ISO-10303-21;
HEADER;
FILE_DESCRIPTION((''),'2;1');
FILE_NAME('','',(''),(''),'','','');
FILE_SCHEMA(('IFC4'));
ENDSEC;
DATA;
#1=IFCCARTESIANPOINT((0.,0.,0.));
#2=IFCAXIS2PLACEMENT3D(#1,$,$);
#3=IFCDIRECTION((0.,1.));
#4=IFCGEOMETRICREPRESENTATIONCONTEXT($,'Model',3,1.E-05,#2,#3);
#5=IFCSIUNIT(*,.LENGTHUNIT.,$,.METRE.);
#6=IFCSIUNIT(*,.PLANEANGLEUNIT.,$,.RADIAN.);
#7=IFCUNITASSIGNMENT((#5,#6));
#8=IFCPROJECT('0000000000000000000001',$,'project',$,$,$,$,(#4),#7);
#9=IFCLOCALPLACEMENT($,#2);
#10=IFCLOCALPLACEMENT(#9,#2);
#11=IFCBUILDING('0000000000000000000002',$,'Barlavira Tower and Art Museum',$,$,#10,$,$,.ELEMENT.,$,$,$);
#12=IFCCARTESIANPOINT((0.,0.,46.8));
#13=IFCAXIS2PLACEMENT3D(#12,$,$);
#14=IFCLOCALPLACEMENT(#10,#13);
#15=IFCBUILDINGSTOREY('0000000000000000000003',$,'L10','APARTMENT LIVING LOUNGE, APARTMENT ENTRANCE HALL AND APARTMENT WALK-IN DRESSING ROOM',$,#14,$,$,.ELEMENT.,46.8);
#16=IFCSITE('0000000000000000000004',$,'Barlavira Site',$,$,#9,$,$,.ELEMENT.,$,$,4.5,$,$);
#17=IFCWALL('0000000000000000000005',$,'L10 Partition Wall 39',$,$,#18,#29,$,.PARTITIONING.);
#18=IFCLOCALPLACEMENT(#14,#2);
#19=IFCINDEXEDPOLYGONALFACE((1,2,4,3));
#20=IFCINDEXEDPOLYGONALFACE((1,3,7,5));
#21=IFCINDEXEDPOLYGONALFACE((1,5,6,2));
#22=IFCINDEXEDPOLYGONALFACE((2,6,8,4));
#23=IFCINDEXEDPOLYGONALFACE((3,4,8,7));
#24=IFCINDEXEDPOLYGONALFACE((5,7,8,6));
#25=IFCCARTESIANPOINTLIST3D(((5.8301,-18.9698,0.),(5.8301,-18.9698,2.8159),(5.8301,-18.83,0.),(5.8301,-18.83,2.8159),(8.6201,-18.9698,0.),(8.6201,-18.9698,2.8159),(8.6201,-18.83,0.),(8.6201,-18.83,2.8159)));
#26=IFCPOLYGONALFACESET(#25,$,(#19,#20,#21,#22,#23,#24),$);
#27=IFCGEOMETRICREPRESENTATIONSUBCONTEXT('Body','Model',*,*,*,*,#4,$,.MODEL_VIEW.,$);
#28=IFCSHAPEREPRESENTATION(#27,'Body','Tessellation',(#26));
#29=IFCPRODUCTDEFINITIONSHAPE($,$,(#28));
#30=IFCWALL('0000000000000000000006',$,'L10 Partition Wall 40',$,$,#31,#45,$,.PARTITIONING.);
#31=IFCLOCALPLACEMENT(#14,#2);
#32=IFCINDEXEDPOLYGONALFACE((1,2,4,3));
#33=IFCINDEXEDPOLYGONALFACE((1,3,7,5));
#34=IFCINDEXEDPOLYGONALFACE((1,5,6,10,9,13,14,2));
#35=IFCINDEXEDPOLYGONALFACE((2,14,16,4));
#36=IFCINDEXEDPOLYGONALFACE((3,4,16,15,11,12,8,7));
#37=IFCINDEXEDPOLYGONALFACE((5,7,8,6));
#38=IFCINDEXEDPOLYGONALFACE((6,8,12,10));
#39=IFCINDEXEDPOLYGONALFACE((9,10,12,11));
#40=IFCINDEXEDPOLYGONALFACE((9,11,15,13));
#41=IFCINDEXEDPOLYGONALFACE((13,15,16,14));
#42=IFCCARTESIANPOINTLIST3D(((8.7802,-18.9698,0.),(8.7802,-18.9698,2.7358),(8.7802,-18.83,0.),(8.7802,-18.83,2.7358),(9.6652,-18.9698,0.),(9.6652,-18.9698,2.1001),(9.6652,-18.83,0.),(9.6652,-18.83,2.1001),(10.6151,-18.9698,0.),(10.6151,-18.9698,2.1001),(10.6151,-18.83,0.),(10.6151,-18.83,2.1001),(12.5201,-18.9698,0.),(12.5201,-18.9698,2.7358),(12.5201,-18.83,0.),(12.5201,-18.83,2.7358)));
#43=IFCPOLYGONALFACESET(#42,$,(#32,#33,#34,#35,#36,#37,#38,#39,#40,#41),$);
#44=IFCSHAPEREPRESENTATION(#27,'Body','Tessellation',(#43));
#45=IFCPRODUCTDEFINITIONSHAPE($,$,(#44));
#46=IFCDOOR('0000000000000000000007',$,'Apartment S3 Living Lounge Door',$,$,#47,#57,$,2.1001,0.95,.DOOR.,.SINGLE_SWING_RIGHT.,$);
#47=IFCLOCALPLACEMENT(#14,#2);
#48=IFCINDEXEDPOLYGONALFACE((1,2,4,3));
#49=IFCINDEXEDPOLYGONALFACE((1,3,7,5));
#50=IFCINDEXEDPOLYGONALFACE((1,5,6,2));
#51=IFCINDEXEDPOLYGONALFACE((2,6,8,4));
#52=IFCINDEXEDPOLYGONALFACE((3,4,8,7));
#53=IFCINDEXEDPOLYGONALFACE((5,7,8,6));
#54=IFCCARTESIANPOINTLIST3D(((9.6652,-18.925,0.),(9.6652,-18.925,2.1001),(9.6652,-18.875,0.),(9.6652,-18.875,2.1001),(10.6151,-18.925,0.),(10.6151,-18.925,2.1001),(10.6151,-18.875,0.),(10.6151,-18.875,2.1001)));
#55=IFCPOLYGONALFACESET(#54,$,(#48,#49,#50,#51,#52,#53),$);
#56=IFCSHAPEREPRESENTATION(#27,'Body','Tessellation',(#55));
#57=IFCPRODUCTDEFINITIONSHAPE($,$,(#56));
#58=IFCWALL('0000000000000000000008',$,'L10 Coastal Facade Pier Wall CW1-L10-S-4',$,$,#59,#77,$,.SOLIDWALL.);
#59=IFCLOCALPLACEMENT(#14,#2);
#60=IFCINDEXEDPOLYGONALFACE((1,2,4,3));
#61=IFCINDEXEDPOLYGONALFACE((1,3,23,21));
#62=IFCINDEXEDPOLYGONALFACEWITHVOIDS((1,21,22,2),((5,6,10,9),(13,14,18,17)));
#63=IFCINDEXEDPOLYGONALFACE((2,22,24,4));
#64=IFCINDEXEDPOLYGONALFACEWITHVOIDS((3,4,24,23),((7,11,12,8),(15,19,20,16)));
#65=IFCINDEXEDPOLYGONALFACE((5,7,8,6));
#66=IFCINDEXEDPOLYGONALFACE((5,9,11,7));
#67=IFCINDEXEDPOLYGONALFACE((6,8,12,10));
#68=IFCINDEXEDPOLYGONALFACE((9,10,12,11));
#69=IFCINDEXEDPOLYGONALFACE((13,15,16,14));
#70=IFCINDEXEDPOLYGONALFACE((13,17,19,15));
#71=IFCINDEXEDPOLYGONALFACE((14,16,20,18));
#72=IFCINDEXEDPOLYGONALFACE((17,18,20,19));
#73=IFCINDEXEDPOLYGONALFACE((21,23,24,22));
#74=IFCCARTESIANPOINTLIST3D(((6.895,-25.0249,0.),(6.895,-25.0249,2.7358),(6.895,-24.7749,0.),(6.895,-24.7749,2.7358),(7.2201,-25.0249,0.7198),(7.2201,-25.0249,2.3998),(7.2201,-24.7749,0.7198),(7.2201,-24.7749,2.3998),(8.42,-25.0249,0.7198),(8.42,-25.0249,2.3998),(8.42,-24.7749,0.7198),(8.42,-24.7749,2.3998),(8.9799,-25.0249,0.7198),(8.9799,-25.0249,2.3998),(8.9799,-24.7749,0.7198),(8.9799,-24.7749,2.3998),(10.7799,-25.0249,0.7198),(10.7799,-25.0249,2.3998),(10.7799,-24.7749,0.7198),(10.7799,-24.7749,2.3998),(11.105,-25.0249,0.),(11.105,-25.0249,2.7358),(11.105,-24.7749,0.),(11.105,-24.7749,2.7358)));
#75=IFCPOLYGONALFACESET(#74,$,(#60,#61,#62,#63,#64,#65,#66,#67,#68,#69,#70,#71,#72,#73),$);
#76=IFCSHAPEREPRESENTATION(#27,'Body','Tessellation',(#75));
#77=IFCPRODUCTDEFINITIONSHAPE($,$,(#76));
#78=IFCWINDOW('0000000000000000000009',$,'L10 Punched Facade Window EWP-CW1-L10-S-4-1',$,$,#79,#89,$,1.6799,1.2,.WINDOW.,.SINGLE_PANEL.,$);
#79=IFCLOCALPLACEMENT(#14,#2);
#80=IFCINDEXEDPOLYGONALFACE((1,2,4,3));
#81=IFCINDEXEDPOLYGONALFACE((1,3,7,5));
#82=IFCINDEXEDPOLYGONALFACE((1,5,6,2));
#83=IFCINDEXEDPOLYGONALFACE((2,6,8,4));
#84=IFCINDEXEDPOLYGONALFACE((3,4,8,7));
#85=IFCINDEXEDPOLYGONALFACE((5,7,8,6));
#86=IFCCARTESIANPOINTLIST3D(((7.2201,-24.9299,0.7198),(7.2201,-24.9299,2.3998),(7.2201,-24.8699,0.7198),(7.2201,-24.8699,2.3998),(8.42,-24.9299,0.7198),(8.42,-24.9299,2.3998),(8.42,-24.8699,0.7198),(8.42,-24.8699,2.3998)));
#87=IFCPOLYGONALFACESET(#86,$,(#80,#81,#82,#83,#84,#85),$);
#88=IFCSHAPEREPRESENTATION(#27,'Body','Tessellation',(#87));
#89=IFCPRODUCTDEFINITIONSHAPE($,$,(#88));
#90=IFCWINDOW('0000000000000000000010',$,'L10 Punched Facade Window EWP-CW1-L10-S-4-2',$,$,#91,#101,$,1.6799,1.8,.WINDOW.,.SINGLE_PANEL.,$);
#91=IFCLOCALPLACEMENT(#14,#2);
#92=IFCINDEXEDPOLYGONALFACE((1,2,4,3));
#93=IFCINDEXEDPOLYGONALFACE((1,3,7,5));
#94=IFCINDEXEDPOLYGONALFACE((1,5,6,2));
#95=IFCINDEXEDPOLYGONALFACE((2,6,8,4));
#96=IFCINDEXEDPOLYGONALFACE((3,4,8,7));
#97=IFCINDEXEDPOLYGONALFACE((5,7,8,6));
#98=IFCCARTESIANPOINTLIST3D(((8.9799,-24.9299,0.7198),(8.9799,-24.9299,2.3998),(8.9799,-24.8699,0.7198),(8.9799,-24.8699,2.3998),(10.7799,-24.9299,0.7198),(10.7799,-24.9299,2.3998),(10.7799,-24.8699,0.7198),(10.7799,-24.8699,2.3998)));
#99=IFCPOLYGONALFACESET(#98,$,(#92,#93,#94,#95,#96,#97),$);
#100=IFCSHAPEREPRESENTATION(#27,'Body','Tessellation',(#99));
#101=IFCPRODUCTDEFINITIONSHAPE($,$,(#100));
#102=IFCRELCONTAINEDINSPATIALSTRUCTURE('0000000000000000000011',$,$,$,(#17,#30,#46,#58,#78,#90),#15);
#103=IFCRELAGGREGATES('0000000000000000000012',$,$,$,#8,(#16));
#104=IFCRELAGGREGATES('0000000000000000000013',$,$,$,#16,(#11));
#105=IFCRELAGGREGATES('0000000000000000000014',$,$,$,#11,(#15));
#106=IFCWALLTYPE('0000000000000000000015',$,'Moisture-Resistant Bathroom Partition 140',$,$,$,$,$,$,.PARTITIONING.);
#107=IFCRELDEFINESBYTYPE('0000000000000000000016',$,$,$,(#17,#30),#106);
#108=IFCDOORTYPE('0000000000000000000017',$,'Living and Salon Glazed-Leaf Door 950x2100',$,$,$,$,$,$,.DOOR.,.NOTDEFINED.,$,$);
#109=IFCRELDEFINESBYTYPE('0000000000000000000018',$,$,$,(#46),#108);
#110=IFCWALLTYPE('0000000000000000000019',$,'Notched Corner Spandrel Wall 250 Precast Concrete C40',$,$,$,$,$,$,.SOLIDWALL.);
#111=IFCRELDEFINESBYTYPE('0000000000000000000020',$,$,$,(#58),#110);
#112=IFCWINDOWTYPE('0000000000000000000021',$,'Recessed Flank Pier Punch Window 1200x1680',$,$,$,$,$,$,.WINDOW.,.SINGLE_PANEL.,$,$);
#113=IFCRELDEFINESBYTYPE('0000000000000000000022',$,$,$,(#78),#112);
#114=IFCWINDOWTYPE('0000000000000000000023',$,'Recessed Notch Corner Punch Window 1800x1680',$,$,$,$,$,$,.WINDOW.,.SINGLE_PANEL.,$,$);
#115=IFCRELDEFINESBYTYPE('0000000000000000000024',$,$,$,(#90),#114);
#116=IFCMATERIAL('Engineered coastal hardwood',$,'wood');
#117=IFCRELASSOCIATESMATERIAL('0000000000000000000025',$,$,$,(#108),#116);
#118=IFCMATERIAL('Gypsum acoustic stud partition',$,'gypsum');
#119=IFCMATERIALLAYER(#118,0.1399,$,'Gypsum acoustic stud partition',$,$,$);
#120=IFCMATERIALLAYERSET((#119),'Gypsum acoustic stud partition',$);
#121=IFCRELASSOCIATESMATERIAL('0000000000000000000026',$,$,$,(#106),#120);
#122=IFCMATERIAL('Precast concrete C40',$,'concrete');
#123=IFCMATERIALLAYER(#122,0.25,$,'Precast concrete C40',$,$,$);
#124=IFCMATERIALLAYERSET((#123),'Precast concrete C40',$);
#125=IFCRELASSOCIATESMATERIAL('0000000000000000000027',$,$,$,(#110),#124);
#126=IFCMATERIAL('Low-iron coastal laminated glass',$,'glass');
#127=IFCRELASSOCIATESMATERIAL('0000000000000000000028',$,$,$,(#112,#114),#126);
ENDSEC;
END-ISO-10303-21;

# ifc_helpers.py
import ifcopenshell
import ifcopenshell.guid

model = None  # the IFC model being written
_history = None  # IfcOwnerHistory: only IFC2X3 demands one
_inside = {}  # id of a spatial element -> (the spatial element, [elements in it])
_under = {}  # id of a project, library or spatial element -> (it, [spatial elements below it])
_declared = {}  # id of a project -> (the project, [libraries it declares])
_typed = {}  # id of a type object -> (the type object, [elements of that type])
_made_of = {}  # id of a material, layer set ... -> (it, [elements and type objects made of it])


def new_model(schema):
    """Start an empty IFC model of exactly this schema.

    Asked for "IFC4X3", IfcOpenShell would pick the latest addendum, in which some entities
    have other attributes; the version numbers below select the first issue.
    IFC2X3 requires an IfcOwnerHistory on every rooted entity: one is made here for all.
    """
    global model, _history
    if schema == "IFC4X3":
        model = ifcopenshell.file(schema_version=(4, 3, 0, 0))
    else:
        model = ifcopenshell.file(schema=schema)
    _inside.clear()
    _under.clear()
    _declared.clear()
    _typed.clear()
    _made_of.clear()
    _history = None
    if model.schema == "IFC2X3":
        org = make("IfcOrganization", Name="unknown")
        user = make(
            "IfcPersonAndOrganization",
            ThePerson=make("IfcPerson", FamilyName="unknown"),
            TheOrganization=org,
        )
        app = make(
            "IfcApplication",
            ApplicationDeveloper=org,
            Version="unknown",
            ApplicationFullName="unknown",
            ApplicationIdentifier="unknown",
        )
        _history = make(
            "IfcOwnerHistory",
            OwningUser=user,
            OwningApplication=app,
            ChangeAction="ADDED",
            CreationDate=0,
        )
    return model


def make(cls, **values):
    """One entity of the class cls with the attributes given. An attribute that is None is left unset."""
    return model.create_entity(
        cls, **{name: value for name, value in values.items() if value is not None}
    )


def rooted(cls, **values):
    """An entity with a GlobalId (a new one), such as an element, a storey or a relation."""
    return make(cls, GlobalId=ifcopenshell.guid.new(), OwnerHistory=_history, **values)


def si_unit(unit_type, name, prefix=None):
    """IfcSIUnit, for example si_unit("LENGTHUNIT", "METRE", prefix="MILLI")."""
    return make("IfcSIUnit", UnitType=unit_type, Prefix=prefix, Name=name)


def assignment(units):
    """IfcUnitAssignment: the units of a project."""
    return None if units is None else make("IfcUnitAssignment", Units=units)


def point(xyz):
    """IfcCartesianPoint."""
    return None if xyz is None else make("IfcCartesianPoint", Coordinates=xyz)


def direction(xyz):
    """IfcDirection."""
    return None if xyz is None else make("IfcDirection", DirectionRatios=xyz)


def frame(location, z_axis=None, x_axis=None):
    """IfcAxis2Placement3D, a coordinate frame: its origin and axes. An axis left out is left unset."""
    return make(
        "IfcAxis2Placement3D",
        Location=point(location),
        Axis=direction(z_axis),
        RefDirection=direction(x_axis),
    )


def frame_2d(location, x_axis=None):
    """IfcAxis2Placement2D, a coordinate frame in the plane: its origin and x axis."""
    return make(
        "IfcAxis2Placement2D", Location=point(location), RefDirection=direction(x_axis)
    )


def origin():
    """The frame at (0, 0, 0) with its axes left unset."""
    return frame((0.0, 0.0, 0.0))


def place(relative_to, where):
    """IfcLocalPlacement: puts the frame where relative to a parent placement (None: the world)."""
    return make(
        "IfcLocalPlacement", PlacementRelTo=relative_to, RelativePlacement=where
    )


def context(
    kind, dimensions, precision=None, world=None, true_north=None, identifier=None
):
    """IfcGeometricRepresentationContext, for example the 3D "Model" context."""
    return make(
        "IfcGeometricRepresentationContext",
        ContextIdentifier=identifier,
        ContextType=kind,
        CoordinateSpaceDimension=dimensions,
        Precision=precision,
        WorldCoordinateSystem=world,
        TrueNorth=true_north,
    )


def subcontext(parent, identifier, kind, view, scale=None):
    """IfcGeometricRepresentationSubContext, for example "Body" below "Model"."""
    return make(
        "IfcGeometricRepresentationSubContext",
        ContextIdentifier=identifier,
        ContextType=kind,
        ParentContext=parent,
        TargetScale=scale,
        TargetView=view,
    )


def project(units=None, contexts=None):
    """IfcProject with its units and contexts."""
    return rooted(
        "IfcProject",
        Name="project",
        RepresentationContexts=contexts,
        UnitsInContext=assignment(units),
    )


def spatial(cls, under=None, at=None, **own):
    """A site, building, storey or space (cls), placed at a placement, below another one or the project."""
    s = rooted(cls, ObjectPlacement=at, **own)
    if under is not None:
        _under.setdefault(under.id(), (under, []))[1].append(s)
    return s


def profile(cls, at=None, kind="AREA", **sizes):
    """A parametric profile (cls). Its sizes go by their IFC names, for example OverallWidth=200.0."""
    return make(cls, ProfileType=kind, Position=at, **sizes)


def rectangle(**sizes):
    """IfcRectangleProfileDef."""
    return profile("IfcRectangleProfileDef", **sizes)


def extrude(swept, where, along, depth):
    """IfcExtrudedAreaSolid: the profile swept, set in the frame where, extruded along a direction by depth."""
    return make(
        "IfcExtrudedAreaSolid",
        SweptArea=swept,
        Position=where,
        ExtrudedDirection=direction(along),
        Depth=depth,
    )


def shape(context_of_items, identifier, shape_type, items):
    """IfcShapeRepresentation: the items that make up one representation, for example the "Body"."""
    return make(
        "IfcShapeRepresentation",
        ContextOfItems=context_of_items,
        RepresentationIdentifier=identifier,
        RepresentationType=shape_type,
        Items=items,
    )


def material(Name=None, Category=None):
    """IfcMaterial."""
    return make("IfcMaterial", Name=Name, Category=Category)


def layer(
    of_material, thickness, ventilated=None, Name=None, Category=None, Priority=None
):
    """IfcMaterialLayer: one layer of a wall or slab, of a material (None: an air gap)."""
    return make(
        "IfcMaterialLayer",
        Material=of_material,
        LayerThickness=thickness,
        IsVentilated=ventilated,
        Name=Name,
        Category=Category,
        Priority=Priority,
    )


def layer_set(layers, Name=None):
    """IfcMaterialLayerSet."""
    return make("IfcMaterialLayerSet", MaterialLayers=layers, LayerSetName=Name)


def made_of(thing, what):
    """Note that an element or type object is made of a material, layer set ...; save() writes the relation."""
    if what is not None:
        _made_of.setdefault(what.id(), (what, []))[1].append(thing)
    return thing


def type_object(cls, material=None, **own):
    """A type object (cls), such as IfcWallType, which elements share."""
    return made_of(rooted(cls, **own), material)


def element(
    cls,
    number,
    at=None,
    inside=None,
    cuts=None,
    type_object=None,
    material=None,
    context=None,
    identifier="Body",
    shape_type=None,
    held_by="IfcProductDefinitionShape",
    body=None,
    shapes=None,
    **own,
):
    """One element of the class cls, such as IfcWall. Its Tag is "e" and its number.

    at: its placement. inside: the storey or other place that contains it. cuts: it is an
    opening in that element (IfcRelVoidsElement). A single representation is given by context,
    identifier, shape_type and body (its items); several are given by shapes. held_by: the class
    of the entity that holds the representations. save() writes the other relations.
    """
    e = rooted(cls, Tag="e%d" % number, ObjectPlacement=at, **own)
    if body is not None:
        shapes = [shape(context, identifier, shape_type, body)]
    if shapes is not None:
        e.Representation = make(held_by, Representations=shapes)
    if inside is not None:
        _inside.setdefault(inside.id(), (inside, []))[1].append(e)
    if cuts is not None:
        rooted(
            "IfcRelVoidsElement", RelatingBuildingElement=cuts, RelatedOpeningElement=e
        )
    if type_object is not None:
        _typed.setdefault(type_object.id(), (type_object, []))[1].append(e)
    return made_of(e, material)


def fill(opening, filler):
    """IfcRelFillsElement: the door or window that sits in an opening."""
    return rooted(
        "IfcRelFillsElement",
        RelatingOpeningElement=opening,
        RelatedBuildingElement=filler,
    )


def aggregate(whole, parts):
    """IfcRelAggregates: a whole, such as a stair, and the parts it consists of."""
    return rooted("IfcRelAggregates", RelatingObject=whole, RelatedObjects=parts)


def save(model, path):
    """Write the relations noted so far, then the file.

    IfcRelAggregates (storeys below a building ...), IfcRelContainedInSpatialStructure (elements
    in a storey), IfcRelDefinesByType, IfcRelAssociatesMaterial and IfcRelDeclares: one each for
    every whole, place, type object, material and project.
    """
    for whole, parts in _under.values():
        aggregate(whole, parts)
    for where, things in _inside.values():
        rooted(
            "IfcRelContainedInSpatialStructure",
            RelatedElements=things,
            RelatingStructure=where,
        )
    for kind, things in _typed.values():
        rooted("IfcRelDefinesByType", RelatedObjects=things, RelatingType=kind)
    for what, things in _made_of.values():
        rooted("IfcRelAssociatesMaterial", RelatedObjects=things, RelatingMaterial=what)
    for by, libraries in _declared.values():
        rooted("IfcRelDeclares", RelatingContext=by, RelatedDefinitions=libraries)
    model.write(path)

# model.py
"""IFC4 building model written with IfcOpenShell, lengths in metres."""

from ifc_helpers import new_model, si_unit, direction, frame, frame_2d, origin, place, context, subcontext, project, spatial, rectangle, extrude, material, layer, layer_set, type_object, element, fill, save


model = new_model("IFC4")

# Units and contexts
model_context = context("Model", 3, precision=1e-05, world=origin(), true_north=direction((0.0, 1.0)))
body_context = subcontext(model_context, "Body", "Model", "MODEL_VIEW")
ifc_project = project(units=[si_unit("LENGTHUNIT", "METRE"), si_unit("PLANEANGLEUNIT", "RADIAN")], contexts=[model_context])

# Site, building, storey
site_placement = place(None, origin())
site = spatial("IfcSite", under=ifc_project, at=site_placement, Name="Barlavira Site", CompositionType="ELEMENT", RefElevation=4.5)
building_placement = place(site_placement, origin())
building = spatial("IfcBuilding", under=site, at=building_placement, Name="Barlavira Tower and Art Museum", CompositionType="ELEMENT")
storey_placement = place(building_placement, frame((0.0, 0.0, 46.8)))
storey = spatial("IfcBuildingStorey", under=building, at=storey_placement, Name="L10", Description="APARTMENT LIVING LOUNGE, APARTMENT ENTRANCE HALL AND APARTMENT WALK-IN DRESSING ROOM", CompositionType="ELEMENT", Elevation=46.8)

# Shared definitions
ifc_material_1 = material(Name="Low-iron coastal laminated glass", Category="glass")

# Shared definitions
ifc_material_2 = material(Name="Gypsum acoustic stud partition", Category="gypsum")
ifc_material_3 = material(Name="Engineered coastal hardwood", Category="wood")
door_type_1 = type_object("IfcDoorType", Name="Living and Salon Glazed-Leaf Door 950x2100", OperationType="NOTDEFINED", PredefinedType="DOOR", material=ifc_material_3)

# Wall
ifc_layer_1 = layer(ifc_material_2, 0.1399, Name="Gypsum acoustic stud partition")
ifc_layer_set_1 = layer_set([ifc_layer_1], Name="Gypsum acoustic stud partition")
wall_type_1 = type_object("IfcWallType", Name="Moisture-Resistant Bathroom Partition 140", PredefinedType="PARTITIONING", material=ifc_layer_set_1)
wall_1_placement = place(storey_placement, frame((5.8301, -18.8999, 0.0), z_axis=(0.0, 0.0, 1.0), x_axis=(1.0, 0.0, 0.0)))
element("IfcWall", 1, at=wall_1_placement, inside=storey, type_object=wall_type_1, Name="L10 Partition Wall 39", PredefinedType="PARTITIONING", context=body_context, shape_type="SweptSolid", body=[
    extrude(rectangle(XDim=2.79, YDim=0.1399, at=frame_2d((1.395, 0.0))), origin(), (0.0, 0.0, 1.0), 2.8159),
])

# Wall, opening, door
wall_2_placement = place(storey_placement, frame((8.78, -18.8999, 0.0), z_axis=(0.0, 0.0, 1.0), x_axis=(1.0, 0.0, 0.0)))
wall_2 = element("IfcWall", 2, at=wall_2_placement, inside=storey, type_object=wall_type_1, Name="L10 Partition Wall 40", PredefinedType="PARTITIONING", context=body_context, shape_type="SweptSolid", body=[
    extrude(rectangle(XDim=3.74, YDim=0.1399, at=frame_2d((1.8701, 0.0))), origin(), (0.0, 0.0, 1.0), 2.7358),
])
opening_1_placement = place(wall_2_placement, frame((0.885, 0.0, 0.0)))
opening_1 = element("IfcOpeningElement", 3, at=opening_1_placement, cuts=wall_2, PredefinedType="OPENING", context=body_context, shape_type="SweptSolid", body=[
    extrude(rectangle(XDim=0.95, YDim=2.1001, at=frame_2d((0.4751, 1.05))), frame((0.0, 0.0801, 0.0), z_axis=(0.0, -1.0, 0.0), x_axis=(1.0, 0.0, 0.0)), (0.0, 0.0, 1.0), 0.1599),
])
door_1_placement = place(opening_1_placement, origin())
door_1 = element("IfcDoor", 4, at=door_1_placement, inside=storey, type_object=door_type_1, Name="Apartment S3 Living Lounge Door", OperationType="SINGLE_SWING_RIGHT", OverallHeight=2.1001, OverallWidth=0.95, PredefinedType="DOOR", context=body_context, shape_type="SweptSolid", body=[
    extrude(rectangle(XDim=0.95, YDim=2.1001, at=frame_2d((0.4751, 1.05))), frame((0.0, 0.0249, 0.0), z_axis=(0.0, -1.0, 0.0), x_axis=(1.0, 0.0, 0.0)), (0.0, 0.0, 1.0), 0.05),
])
fill(opening_1, door_1)

# Wall, openings, windows
ifc_material_4 = material(Name="Precast concrete C40", Category="concrete")
ifc_layer_2 = layer(ifc_material_4, 0.25, Name="Precast concrete C40")
ifc_layer_set_2 = layer_set([ifc_layer_2], Name="Precast concrete C40")
wall_type_2 = type_object("IfcWallType", Name="Notched Corner Spandrel Wall 250 Precast Concrete C40", PredefinedType="SOLIDWALL", material=ifc_layer_set_2)
wall_3_placement = place(storey_placement, frame((6.895, -24.8999, 0.0), z_axis=(0.0, 0.0, 1.0), x_axis=(1.0, 0.0, 0.0)))
wall_3 = element("IfcWall", 5, at=wall_3_placement, inside=storey, type_object=wall_type_2, Name="L10 Coastal Facade Pier Wall CW1-L10-S-4", PredefinedType="SOLIDWALL", context=body_context, shape_type="SweptSolid", body=[
    extrude(rectangle(XDim=4.21, YDim=0.25, at=frame_2d((2.105, 0.0))), origin(), (0.0, 0.0, 1.0), 2.7358),
])
opening_2_placement = place(wall_3_placement, frame((0.325, 0.0, 0.72)))
opening_2 = element("IfcOpeningElement", 6, at=opening_2_placement, cuts=wall_3, PredefinedType="OPENING", context=body_context, shape_type="SweptSolid", body=[
    extrude(rectangle(XDim=1.2, YDim=1.6799, at=frame_2d((0.6001, 0.8398))), frame((0.0, 0.135, 0.0), z_axis=(0.0, -1.0, 0.0), x_axis=(1.0, 0.0, 0.0)), (0.0, 0.0, 1.0), 0.27),
])
opening_3_placement = place(wall_3_placement, frame((2.085, 0.0, 0.72)))
opening_3 = element("IfcOpeningElement", 7, at=opening_3_placement, cuts=wall_3, PredefinedType="OPENING", context=body_context, shape_type="SweptSolid", body=[
    extrude(rectangle(XDim=1.8, YDim=1.6799, at=frame_2d((0.8999, 0.8398))), frame((0.0, 0.135, 0.0), z_axis=(0.0, -1.0, 0.0), x_axis=(1.0, 0.0, 0.0)), (0.0, 0.0, 1.0), 0.27),
])
window_type_1 = type_object("IfcWindowType", Name="Recessed Flank Pier Punch Window 1200x1680", PartitioningType="SINGLE_PANEL", PredefinedType="WINDOW", material=ifc_material_1)
window_1_placement = place(opening_2_placement, origin())
window_1 = element("IfcWindow", 8, at=window_1_placement, inside=storey, type_object=window_type_1, Name="L10 Punched Facade Window EWP-CW1-L10-S-4-1", OverallHeight=1.6799, OverallWidth=1.2, PartitioningType="SINGLE_PANEL", PredefinedType="WINDOW", context=body_context, shape_type="SweptSolid", body=[
    extrude(rectangle(XDim=1.2, YDim=1.6799, at=frame_2d((0.6001, 0.8398))), frame((0.0, 0.03, 0.0), z_axis=(0.0, -1.0, 0.0), x_axis=(1.0, 0.0, 0.0)), (0.0, 0.0, 1.0), 0.0601),
])
fill(opening_2, window_1)
window_type_2 = type_object("IfcWindowType", Name="Recessed Notch Corner Punch Window 1800x1680", PartitioningType="SINGLE_PANEL", PredefinedType="WINDOW", material=ifc_material_1)
window_2_placement = place(opening_3_placement, origin())
window_2 = element("IfcWindow", 9, at=window_2_placement, inside=storey, type_object=window_type_2, Name="L10 Punched Facade Window EWP-CW1-L10-S-4-2", OverallHeight=1.6799, OverallWidth=1.8, PartitioningType="SINGLE_PANEL", PredefinedType="WINDOW", context=body_context, shape_type="SweptSolid", body=[
    extrude(rectangle(XDim=1.8, YDim=1.6799, at=frame_2d((0.8999, 0.8398))), frame((0.0, 0.03, 0.0), z_axis=(0.0, -1.0, 0.0), x_axis=(1.0, 0.0, 0.0)), (0.0, 0.0, 1.0), 0.0601),
])
fill(opening_3, window_2)

save(model, "model.ifc")
